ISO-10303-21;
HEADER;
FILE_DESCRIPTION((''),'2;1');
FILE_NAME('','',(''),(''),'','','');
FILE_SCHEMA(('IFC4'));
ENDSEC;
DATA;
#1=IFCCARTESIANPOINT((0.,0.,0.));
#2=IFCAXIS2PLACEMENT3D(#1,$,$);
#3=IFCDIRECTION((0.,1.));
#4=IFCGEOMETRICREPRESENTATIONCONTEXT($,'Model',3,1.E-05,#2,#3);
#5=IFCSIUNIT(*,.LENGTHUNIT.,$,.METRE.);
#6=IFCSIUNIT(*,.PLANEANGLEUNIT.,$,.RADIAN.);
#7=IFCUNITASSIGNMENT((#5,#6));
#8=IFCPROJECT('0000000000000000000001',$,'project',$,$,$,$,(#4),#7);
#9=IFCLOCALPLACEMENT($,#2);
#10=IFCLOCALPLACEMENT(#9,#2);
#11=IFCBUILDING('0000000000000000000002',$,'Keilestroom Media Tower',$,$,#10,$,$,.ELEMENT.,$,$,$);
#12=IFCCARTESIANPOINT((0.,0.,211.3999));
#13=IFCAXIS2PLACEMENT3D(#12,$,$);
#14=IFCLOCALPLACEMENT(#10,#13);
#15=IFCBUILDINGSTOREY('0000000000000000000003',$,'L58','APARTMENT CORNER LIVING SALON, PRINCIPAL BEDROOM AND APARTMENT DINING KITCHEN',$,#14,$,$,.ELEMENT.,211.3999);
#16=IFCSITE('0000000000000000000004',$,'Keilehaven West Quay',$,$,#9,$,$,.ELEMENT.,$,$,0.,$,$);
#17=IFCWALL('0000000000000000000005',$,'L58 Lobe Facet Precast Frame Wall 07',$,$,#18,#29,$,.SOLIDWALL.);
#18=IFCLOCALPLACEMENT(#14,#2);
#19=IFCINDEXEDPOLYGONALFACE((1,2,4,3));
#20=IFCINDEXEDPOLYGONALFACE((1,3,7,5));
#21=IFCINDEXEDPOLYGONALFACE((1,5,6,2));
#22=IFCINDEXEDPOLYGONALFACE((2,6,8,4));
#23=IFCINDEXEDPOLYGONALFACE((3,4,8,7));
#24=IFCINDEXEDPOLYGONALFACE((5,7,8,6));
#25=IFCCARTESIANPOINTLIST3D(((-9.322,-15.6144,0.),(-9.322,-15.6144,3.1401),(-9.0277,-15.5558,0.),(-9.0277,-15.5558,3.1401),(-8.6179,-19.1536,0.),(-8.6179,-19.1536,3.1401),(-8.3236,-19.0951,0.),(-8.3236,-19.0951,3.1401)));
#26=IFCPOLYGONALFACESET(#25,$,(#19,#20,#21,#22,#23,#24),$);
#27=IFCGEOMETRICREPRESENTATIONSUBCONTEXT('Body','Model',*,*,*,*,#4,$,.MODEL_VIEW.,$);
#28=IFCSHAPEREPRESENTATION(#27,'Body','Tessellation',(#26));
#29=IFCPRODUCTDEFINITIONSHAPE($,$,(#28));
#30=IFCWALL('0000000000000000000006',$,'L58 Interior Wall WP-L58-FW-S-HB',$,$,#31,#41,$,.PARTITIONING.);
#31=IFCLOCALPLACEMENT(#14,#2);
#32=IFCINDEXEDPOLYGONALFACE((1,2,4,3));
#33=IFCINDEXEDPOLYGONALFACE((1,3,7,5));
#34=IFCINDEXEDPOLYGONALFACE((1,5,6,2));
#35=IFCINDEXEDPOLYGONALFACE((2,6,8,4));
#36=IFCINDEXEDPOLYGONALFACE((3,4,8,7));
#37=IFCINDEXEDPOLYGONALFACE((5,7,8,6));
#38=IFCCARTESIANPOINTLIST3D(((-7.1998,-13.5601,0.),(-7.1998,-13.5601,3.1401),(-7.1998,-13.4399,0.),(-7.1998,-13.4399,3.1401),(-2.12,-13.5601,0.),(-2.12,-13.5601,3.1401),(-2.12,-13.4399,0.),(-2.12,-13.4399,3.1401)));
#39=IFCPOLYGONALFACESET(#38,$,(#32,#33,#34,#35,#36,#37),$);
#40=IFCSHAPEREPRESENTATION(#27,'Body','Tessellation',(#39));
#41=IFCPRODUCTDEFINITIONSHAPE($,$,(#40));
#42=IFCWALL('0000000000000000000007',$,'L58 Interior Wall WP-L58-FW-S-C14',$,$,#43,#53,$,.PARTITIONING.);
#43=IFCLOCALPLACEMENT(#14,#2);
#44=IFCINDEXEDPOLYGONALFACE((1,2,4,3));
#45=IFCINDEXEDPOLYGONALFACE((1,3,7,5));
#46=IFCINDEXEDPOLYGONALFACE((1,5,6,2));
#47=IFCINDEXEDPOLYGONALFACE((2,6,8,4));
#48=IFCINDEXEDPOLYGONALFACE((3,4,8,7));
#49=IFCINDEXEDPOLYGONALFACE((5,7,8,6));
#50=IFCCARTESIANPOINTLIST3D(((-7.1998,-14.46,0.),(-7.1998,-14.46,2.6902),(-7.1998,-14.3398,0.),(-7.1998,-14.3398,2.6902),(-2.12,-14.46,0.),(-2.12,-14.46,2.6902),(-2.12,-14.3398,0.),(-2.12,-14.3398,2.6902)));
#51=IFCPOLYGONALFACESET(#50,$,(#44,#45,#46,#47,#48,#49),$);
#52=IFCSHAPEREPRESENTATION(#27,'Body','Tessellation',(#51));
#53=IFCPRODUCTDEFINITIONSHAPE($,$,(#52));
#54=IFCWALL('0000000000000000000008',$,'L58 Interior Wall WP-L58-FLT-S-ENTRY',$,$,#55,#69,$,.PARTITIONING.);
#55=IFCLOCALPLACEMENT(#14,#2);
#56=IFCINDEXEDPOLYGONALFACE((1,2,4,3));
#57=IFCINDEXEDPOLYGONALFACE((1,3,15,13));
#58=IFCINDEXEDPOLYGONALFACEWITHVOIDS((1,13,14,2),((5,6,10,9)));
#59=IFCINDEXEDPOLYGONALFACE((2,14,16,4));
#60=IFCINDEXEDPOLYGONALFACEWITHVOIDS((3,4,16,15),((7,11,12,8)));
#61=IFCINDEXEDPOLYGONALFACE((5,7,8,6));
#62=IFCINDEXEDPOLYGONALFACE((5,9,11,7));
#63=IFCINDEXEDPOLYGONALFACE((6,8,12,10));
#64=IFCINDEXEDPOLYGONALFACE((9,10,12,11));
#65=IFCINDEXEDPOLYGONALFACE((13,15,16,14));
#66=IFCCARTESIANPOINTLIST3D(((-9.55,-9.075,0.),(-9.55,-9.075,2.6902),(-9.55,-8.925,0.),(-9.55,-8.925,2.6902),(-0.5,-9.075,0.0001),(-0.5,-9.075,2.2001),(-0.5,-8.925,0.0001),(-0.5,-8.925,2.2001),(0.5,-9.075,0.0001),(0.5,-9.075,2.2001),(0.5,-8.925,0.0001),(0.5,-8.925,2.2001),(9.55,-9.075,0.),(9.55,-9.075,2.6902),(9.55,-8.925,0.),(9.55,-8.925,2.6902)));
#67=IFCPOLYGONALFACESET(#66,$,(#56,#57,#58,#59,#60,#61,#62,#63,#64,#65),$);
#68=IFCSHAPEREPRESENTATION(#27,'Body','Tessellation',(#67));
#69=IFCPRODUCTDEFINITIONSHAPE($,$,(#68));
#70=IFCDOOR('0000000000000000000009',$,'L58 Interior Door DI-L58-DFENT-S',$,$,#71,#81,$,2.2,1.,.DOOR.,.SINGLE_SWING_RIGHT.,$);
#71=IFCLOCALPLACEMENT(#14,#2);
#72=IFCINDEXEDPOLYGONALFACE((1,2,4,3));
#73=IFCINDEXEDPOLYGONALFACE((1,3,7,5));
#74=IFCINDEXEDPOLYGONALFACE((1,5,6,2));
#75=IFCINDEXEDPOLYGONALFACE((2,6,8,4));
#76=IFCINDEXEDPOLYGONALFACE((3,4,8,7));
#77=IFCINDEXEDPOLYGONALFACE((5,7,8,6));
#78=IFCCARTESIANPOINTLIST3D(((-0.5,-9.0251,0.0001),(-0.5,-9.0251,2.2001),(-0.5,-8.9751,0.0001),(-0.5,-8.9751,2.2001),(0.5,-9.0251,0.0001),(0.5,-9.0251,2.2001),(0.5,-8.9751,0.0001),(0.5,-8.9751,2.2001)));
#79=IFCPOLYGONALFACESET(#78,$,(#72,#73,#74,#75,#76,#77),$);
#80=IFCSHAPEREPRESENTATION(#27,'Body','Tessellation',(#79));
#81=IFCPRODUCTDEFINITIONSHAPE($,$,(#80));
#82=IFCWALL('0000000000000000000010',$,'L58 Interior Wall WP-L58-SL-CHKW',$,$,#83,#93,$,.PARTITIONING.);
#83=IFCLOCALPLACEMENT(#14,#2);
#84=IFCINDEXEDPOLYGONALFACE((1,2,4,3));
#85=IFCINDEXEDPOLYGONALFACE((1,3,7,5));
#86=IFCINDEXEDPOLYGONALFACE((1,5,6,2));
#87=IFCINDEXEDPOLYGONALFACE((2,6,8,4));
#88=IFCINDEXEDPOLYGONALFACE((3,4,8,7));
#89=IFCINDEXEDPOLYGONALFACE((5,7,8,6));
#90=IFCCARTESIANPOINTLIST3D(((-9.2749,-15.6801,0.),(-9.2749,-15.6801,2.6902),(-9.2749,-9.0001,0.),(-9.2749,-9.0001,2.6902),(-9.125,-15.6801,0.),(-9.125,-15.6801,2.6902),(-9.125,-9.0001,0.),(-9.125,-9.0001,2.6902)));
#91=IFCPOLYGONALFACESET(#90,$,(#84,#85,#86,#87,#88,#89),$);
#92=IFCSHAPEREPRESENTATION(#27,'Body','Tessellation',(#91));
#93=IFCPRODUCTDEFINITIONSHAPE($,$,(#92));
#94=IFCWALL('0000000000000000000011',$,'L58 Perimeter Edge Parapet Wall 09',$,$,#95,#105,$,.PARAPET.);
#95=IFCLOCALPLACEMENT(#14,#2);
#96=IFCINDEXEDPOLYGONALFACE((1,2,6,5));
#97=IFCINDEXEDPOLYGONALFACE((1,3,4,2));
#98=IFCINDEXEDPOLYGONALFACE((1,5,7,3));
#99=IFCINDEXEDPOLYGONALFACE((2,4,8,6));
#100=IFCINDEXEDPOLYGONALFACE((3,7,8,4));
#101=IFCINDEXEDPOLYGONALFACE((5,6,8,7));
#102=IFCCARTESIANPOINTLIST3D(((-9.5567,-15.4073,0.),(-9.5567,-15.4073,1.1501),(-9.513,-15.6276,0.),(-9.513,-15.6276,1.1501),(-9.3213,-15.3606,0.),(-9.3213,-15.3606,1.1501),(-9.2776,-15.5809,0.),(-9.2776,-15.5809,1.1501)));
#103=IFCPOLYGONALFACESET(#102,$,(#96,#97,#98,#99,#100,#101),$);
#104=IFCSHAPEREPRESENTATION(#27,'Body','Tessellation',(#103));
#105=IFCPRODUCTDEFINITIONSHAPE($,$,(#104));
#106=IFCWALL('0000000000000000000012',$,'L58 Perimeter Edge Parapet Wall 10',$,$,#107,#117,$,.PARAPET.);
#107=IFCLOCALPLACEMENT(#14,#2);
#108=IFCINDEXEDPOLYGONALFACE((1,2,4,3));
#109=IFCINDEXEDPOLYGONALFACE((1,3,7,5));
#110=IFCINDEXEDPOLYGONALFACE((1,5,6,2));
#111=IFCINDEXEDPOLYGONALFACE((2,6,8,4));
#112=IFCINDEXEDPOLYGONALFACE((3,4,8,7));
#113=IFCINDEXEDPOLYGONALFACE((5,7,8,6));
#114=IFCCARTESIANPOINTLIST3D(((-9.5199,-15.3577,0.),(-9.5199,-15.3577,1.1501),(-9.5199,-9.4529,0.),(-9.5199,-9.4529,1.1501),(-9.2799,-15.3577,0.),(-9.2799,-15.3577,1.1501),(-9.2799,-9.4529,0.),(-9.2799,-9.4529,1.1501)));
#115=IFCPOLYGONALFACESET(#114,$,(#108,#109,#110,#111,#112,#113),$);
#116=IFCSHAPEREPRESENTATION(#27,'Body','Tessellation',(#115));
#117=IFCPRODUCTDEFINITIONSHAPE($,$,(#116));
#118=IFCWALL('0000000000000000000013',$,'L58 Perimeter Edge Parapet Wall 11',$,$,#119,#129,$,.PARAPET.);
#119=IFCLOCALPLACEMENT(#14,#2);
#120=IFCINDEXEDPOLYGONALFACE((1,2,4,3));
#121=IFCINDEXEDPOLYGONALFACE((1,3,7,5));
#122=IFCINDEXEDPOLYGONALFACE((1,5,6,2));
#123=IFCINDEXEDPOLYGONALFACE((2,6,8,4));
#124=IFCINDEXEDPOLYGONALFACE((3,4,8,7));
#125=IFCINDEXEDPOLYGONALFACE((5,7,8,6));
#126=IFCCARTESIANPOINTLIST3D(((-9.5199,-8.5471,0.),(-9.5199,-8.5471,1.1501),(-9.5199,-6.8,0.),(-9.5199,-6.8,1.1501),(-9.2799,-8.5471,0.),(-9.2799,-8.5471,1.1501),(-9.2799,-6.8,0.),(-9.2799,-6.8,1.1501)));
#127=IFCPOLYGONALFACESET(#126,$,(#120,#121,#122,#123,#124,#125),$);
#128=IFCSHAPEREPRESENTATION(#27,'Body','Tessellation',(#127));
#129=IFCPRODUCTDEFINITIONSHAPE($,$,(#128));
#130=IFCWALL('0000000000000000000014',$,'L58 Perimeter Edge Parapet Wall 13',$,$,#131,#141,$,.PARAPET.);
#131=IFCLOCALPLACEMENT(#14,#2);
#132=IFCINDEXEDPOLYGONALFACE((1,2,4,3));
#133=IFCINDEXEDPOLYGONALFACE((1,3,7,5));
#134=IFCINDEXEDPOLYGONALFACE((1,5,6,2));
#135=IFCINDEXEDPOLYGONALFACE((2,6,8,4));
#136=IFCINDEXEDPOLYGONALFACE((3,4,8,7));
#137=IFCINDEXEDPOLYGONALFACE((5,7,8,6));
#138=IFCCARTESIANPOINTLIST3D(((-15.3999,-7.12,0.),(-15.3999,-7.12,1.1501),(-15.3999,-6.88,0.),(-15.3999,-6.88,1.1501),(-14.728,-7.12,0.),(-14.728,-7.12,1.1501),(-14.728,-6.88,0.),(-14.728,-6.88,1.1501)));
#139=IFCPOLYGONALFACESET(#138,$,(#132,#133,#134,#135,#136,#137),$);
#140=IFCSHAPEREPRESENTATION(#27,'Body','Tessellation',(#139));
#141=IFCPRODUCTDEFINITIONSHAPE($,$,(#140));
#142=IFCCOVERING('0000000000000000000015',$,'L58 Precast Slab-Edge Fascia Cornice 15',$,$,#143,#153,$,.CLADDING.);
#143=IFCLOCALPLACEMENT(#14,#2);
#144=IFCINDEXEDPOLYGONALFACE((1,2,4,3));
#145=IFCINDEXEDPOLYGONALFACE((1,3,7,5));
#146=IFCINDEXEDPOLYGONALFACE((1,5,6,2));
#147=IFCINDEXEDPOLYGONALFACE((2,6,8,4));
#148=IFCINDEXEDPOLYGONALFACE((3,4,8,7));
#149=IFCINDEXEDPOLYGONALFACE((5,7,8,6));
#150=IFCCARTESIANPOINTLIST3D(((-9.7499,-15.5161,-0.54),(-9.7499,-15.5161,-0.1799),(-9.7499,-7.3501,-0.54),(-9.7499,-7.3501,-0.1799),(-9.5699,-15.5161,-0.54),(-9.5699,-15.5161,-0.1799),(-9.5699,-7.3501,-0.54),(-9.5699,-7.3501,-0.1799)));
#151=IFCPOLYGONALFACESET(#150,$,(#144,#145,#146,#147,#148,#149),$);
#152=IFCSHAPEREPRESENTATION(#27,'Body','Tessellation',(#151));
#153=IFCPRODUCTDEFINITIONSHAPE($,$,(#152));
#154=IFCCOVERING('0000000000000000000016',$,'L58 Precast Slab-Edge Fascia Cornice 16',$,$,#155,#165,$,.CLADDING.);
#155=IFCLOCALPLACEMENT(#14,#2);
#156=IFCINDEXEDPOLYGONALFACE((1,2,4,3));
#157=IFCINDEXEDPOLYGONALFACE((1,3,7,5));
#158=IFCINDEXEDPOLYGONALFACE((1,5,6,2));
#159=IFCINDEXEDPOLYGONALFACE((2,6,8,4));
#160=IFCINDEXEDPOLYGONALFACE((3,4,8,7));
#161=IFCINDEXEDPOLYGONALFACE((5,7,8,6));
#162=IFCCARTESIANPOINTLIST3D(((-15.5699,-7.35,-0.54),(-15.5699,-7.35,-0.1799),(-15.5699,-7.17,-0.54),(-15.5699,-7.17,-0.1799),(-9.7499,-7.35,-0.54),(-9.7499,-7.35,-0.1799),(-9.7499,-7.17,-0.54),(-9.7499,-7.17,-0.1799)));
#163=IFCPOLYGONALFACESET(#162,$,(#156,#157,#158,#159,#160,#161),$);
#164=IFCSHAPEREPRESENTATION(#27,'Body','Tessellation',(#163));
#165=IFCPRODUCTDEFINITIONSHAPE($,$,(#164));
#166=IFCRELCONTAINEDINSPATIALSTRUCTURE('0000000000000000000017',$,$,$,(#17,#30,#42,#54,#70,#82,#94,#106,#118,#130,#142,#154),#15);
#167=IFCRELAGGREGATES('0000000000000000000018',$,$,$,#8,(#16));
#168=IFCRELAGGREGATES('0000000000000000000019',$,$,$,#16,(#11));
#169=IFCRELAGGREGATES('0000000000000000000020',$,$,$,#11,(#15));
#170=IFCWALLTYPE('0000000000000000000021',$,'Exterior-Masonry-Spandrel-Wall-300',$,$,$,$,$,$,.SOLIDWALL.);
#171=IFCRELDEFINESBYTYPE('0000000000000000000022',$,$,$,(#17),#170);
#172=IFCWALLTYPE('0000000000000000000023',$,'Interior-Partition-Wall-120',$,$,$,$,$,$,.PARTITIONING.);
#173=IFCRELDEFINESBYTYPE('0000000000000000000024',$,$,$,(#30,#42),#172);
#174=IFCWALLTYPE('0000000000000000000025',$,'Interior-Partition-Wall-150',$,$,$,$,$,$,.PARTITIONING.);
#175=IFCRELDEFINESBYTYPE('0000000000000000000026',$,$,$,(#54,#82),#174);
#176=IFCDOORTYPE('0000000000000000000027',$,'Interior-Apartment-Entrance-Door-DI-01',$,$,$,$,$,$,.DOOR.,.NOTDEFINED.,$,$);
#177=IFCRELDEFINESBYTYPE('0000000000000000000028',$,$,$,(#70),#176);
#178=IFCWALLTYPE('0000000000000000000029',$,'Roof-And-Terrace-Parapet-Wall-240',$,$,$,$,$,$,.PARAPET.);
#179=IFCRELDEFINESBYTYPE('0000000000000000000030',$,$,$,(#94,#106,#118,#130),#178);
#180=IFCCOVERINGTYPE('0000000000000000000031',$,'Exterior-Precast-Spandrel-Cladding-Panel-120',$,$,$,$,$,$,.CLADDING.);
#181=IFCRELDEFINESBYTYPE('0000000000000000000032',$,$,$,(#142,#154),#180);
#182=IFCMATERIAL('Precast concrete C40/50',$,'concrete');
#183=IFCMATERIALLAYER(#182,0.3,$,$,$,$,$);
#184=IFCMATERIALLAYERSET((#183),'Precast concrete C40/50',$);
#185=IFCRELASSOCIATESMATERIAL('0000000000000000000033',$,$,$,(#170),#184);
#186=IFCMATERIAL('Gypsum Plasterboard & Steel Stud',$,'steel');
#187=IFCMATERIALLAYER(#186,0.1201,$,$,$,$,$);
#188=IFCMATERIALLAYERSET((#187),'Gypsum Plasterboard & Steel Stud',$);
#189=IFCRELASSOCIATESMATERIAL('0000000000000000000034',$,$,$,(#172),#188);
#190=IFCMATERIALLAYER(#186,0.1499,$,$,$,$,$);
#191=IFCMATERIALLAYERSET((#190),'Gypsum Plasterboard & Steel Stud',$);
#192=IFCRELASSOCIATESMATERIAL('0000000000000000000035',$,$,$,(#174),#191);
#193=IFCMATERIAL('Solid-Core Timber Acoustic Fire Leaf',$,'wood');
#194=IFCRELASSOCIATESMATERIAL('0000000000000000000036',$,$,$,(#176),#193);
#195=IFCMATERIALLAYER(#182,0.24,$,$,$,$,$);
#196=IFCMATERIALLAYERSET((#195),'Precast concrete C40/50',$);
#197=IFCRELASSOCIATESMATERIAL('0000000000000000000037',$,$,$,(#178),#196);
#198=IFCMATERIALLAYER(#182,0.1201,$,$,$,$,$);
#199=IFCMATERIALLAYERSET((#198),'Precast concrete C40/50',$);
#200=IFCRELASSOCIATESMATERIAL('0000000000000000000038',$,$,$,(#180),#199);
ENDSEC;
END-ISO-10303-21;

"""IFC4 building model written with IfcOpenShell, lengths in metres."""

from ifc_helpers import new_model, si_unit, direction, frame, frame_2d, origin, origin_2d, place, context, subcontext, project, spatial, rectangle, extrude, source, transform, mapped, material, layer, layer_set, type_object, element, fill, save


model = new_model("IFC4")

# Units and contexts
model_context = context("Model", 3, precision=1e-05, world=origin(), true_north=direction((0.0, 1.0)))
body_context = subcontext(model_context, "Body", "Model", "MODEL_VIEW")
ifc_project = project(units=[si_unit("LENGTHUNIT", "METRE"), si_unit("PLANEANGLEUNIT", "RADIAN")], contexts=[model_context])

# Site, building, storey
site_placement = place(None, origin())
site = spatial("IfcSite", under=ifc_project, at=site_placement, Name="Keilehaven West Quay", CompositionType="ELEMENT", RefElevation=0.0)
building_placement = place(site_placement, origin())
building = spatial("IfcBuilding", under=site, at=building_placement, Name="Keilestroom Media Tower", CompositionType="ELEMENT")
storey_placement = place(building_placement, frame((0.0, 0.0, 211.3999)))
storey = spatial("IfcBuildingStorey", under=building, at=storey_placement, Name="L58", Description="APARTMENT CORNER LIVING SALON, PRINCIPAL BEDROOM AND APARTMENT DINING KITCHEN", CompositionType="ELEMENT", Elevation=211.3999)

# Shared definitions
ifc_material_1 = material(Name="Precast concrete C40/50", Category="concrete")

# Walls
ifc_layer_1 = layer(ifc_material_1, 0.3)
ifc_layer_set_1 = layer_set([ifc_layer_1], Name="Precast concrete C40/50")
wall_type_1 = type_object("IfcWallType", Name="Exterior-Masonry-Spandrel-Wall-300", PredefinedType="SOLIDWALL", material=ifc_layer_set_1)
wall_1_placement = place(storey_placement, frame((-9.1748, -15.5852, 0.0), z_axis=(0.0, 0.0, 1.0), x_axis=(0.195114, -0.980781, 0.0)))
element("IfcWall", 1, at=wall_1_placement, inside=storey, type_object=wall_type_1, Name="L58 Lobe Facet Precast Frame Wall 07", PredefinedType="SOLIDWALL", context=body_context, shape_type="SweptSolid", body=[
    extrude(rectangle(XDim=3.6086, YDim=0.3, at=frame_2d((1.8042, 0.0))), origin(), (0.0, 0.0, 1.0), 3.1401),
])
ifc_material_2 = material(Name="Gypsum Plasterboard & Steel Stud", Category="steel")
ifc_layer_2 = layer(ifc_material_2, 0.1201)
ifc_layer_set_2 = layer_set([ifc_layer_2], Name="Gypsum Plasterboard & Steel Stud")
wall_type_2 = type_object("IfcWallType", Name="Interior-Partition-Wall-120", PredefinedType="PARTITIONING", material=ifc_layer_set_2)
wall_2_placement = place(storey_placement, frame((-7.2, -13.5, 0.0), z_axis=(0.0, 0.0, 1.0), x_axis=(1.0, 0.0, 0.0)))
element("IfcWall", 2, at=wall_2_placement, inside=storey, type_object=wall_type_2, Name="L58 Interior Wall WP-L58-FW-S-HB", PredefinedType="PARTITIONING", context=body_context, shape_type="SweptSolid", body=[
    extrude(rectangle(XDim=5.0798, YDim=0.1201, at=frame_2d((2.54, 0.0))), origin(), (0.0, 0.0, 1.0), 3.1401),
])
wall_3_placement = place(storey_placement, frame((-7.2, -14.3999, 0.0), z_axis=(0.0, 0.0, 1.0), x_axis=(1.0, 0.0, 0.0)))
element("IfcWall", 3, at=wall_3_placement, inside=storey, type_object=wall_type_2, Name="L58 Interior Wall WP-L58-FW-S-C14", PredefinedType="PARTITIONING", context=body_context, shape_type="SweptSolid", body=[
    extrude(rectangle(XDim=5.0798, YDim=0.1201, at=frame_2d((2.54, 0.0))), origin(), (0.0, 0.0, 1.0), 2.6902),
])

# Wall, opening, door
ifc_layer_3 = layer(ifc_material_2, 0.1499)
ifc_layer_set_3 = layer_set([ifc_layer_3], Name="Gypsum Plasterboard & Steel Stud")
wall_type_3 = type_object("IfcWallType", Name="Interior-Partition-Wall-150", PredefinedType="PARTITIONING", material=ifc_layer_set_3)
wall_4_placement = place(storey_placement, frame((-9.55, -9.0, 0.0), z_axis=(0.0, 0.0, 1.0), x_axis=(1.0, 0.0, 0.0)))
wall_4 = element("IfcWall", 4, at=wall_4_placement, inside=storey, type_object=wall_type_3, Name="L58 Interior Wall WP-L58-FLT-S-ENTRY", PredefinedType="PARTITIONING", context=body_context, shape_type="SweptSolid", body=[
    extrude(rectangle(XDim=19.1001, YDim=0.1499, at=frame_2d((9.55, 0.0))), origin(), (0.0, 0.0, 1.0), 2.6902),
])
opening_placement = place(wall_4_placement, frame((9.05, 0.0, 0.0)))
opening = element("IfcOpeningElement", 5, at=opening_placement, cuts=wall_4, PredefinedType="OPENING", context=body_context, shape_type="SweptSolid", body=[
    extrude(rectangle(XDim=1.0, YDim=2.2, at=frame_2d((0.5, 1.1001))), frame((0.0, 0.085, 0.0), z_axis=(0.0, -1.0, 0.0), x_axis=(1.0, 0.0, 0.0)), (0.0, 0.0, 1.0), 0.1699),
])
ifc_material_3 = material(Name="Solid-Core Timber Acoustic Fire Leaf", Category="wood")
door_type = type_object("IfcDoorType", Name="Interior-Apartment-Entrance-Door-DI-01", OperationType="NOTDEFINED", PredefinedType="DOOR", material=ifc_material_3)
shared_shape_1 = source(origin(), body_context, "Body", "SweptSolid", [
    extrude(rectangle(XDim=1.0, YDim=2.2, at=frame_2d((0.5, 1.1001))), frame((0.0, 0.0249, 0.0), z_axis=(0.0, -1.0, 0.0), x_axis=(1.0, 0.0, 0.0)), (0.0, 0.0, 1.0), 0.05),
])
door_placement = place(opening_placement, origin())
door = element("IfcDoor", 6, at=door_placement, inside=storey, type_object=door_type, Name="L58 Interior Door DI-L58-DFENT-S", OperationType="SINGLE_SWING_RIGHT", OverallHeight=2.2, OverallWidth=1.0, PredefinedType="DOOR", context=body_context, shape_type="MappedRepresentation", body=[
    mapped(shared_shape_1, transform((0.0, 0.0, 0.0), x_axis=(1.0, 0.0, 0.0), y_axis=(0.0, 1.0, 0.0), z_axis=(0.0, 0.0, 1.0), scale=1.0)),
])
fill(opening, door)

# Walls
wall_5_placement = place(storey_placement, frame((-9.2, -15.6799, 0.0), z_axis=(0.0, 0.0, 1.0), x_axis=(0.0, 1.0, 0.0)))
element("IfcWall", 7, at=wall_5_placement, inside=storey, type_object=wall_type_3, Name="L58 Interior Wall WP-L58-SL-CHKW", PredefinedType="PARTITIONING", context=body_context, shape_type="SweptSolid", body=[
    extrude(rectangle(XDim=6.6799, YDim=0.1499, at=frame_2d((3.3398, 0.0))), origin(), (0.0, 0.0, 1.0), 2.6902),
])
ifc_layer_4 = layer(ifc_material_1, 0.24)
ifc_layer_set_4 = layer_set([ifc_layer_4], Name="Precast concrete C40/50")
wall_type_4 = type_object("IfcWallType", Name="Roof-And-Terrace-Parapet-Wall-240", PredefinedType="PARAPET", material=ifc_layer_set_4)
wall_6_placement = place(storey_placement, frame((-9.3953, -15.6042, 0.0), z_axis=(0.0, 0.0, 1.0), x_axis=(-0.194652, 0.980872, 0.0)))
element("IfcWall", 8, at=wall_6_placement, inside=storey, type_object=wall_type_4, Name="L58 Perimeter Edge Parapet Wall 09", PredefinedType="PARAPET", context=body_context, shape_type="SweptSolid", body=[
    extrude(rectangle(XDim=0.2246, YDim=0.24, at=frame_2d((0.1123, 0.0))), origin(), (0.0, 0.0, 1.0), 1.1501),
])
wall_7_placement = place(storey_placement, frame((-9.3999, -15.3577, 0.0), z_axis=(0.0, 0.0, 1.0), x_axis=(0.0, 1.0, 0.0)))
element("IfcWall", 9, at=wall_7_placement, inside=storey, type_object=wall_type_4, Name="L58 Perimeter Edge Parapet Wall 10", PredefinedType="PARAPET", context=body_context, shape_type="SweptSolid", body=[
    extrude(rectangle(XDim=5.9048, YDim=0.24, at=frame_2d((2.9524, 0.0))), origin(), (0.0, 0.0, 1.0), 1.1501),
])
wall_8_placement = place(storey_placement, frame((-9.3999, -8.5471, 0.0), z_axis=(0.0, 0.0, 1.0), x_axis=(0.0, 1.0, 0.0)))
element("IfcWall", 10, at=wall_8_placement, inside=storey, type_object=wall_type_4, Name="L58 Perimeter Edge Parapet Wall 11", PredefinedType="PARAPET", context=body_context, shape_type="SweptSolid", body=[
    extrude(rectangle(XDim=1.7471, YDim=0.24, at=frame_2d((0.8735, 0.0))), origin(), (0.0, 0.0, 1.0), 1.1501),
])
wall_9_placement = place(storey_placement, frame((-14.728, -7.0, 0.0), z_axis=(0.0, 0.0, 1.0), x_axis=(-1.0, 0.0, 0.0)))
element("IfcWall", 11, at=wall_9_placement, inside=storey, type_object=wall_type_4, Name="L58 Perimeter Edge Parapet Wall 13", PredefinedType="PARAPET", context=body_context, shape_type="SweptSolid", body=[
    extrude(rectangle(XDim=0.6719, YDim=0.24, at=frame_2d((0.3359, 0.0))), origin(), (0.0, 0.0, 1.0), 1.1501),
])

# Coverings
ifc_layer_5 = layer(ifc_material_1, 0.1201)
ifc_layer_set_5 = layer_set([ifc_layer_5], Name="Precast concrete C40/50")
covering_type = type_object("IfcCoveringType", Name="Exterior-Precast-Spandrel-Cladding-Panel-120", PredefinedType="CLADDING", material=ifc_layer_set_5)
shared_shape_2 = source(origin(), body_context, "Body", "SweptSolid", [
    extrude(rectangle(XDim=8.166, YDim=0.1799, at=origin_2d()), origin(), (0.0, 0.0, 1.0), 0.3601),
])
covering_1_placement = place(storey_placement, frame((-9.6599, -11.4331, -0.54), z_axis=(0.0, 0.0, 1.0), x_axis=(0.0, 1.0, 0.0)))
element("IfcCovering", 12, at=covering_1_placement, inside=storey, type_object=covering_type, Name="L58 Precast Slab-Edge Fascia Cornice 15", PredefinedType="CLADDING", context=body_context, shape_type="MappedRepresentation", body=[
    mapped(shared_shape_2, transform((0.0, 0.0, 0.0), x_axis=(1.0, 0.0, 0.0), y_axis=(0.0, 1.0, 0.0), z_axis=(0.0, 0.0, 1.0), scale=1.0)),
])
shared_shape_3 = source(origin(), body_context, "Body", "SweptSolid", [
    extrude(rectangle(XDim=5.8201, YDim=0.1799, at=origin_2d()), origin(), (0.0, 0.0, 1.0), 0.3601),
])
covering_2_placement = place(storey_placement, frame((-12.6599, -7.26, -0.54), z_axis=(0.0, 0.0, 1.0), x_axis=(-1.0, 0.0, 0.0)))
element("IfcCovering", 13, at=covering_2_placement, inside=storey, type_object=covering_type, Name="L58 Precast Slab-Edge Fascia Cornice 16", PredefinedType="CLADDING", context=body_context, shape_type="MappedRepresentation", body=[
    mapped(shared_shape_3, transform((0.0, 0.0, 0.0), x_axis=(1.0, 0.0, 0.0), y_axis=(0.0, 1.0, 0.0), z_axis=(0.0, 0.0, 1.0), scale=1.0)),
])

save(model, "model.ifc")
